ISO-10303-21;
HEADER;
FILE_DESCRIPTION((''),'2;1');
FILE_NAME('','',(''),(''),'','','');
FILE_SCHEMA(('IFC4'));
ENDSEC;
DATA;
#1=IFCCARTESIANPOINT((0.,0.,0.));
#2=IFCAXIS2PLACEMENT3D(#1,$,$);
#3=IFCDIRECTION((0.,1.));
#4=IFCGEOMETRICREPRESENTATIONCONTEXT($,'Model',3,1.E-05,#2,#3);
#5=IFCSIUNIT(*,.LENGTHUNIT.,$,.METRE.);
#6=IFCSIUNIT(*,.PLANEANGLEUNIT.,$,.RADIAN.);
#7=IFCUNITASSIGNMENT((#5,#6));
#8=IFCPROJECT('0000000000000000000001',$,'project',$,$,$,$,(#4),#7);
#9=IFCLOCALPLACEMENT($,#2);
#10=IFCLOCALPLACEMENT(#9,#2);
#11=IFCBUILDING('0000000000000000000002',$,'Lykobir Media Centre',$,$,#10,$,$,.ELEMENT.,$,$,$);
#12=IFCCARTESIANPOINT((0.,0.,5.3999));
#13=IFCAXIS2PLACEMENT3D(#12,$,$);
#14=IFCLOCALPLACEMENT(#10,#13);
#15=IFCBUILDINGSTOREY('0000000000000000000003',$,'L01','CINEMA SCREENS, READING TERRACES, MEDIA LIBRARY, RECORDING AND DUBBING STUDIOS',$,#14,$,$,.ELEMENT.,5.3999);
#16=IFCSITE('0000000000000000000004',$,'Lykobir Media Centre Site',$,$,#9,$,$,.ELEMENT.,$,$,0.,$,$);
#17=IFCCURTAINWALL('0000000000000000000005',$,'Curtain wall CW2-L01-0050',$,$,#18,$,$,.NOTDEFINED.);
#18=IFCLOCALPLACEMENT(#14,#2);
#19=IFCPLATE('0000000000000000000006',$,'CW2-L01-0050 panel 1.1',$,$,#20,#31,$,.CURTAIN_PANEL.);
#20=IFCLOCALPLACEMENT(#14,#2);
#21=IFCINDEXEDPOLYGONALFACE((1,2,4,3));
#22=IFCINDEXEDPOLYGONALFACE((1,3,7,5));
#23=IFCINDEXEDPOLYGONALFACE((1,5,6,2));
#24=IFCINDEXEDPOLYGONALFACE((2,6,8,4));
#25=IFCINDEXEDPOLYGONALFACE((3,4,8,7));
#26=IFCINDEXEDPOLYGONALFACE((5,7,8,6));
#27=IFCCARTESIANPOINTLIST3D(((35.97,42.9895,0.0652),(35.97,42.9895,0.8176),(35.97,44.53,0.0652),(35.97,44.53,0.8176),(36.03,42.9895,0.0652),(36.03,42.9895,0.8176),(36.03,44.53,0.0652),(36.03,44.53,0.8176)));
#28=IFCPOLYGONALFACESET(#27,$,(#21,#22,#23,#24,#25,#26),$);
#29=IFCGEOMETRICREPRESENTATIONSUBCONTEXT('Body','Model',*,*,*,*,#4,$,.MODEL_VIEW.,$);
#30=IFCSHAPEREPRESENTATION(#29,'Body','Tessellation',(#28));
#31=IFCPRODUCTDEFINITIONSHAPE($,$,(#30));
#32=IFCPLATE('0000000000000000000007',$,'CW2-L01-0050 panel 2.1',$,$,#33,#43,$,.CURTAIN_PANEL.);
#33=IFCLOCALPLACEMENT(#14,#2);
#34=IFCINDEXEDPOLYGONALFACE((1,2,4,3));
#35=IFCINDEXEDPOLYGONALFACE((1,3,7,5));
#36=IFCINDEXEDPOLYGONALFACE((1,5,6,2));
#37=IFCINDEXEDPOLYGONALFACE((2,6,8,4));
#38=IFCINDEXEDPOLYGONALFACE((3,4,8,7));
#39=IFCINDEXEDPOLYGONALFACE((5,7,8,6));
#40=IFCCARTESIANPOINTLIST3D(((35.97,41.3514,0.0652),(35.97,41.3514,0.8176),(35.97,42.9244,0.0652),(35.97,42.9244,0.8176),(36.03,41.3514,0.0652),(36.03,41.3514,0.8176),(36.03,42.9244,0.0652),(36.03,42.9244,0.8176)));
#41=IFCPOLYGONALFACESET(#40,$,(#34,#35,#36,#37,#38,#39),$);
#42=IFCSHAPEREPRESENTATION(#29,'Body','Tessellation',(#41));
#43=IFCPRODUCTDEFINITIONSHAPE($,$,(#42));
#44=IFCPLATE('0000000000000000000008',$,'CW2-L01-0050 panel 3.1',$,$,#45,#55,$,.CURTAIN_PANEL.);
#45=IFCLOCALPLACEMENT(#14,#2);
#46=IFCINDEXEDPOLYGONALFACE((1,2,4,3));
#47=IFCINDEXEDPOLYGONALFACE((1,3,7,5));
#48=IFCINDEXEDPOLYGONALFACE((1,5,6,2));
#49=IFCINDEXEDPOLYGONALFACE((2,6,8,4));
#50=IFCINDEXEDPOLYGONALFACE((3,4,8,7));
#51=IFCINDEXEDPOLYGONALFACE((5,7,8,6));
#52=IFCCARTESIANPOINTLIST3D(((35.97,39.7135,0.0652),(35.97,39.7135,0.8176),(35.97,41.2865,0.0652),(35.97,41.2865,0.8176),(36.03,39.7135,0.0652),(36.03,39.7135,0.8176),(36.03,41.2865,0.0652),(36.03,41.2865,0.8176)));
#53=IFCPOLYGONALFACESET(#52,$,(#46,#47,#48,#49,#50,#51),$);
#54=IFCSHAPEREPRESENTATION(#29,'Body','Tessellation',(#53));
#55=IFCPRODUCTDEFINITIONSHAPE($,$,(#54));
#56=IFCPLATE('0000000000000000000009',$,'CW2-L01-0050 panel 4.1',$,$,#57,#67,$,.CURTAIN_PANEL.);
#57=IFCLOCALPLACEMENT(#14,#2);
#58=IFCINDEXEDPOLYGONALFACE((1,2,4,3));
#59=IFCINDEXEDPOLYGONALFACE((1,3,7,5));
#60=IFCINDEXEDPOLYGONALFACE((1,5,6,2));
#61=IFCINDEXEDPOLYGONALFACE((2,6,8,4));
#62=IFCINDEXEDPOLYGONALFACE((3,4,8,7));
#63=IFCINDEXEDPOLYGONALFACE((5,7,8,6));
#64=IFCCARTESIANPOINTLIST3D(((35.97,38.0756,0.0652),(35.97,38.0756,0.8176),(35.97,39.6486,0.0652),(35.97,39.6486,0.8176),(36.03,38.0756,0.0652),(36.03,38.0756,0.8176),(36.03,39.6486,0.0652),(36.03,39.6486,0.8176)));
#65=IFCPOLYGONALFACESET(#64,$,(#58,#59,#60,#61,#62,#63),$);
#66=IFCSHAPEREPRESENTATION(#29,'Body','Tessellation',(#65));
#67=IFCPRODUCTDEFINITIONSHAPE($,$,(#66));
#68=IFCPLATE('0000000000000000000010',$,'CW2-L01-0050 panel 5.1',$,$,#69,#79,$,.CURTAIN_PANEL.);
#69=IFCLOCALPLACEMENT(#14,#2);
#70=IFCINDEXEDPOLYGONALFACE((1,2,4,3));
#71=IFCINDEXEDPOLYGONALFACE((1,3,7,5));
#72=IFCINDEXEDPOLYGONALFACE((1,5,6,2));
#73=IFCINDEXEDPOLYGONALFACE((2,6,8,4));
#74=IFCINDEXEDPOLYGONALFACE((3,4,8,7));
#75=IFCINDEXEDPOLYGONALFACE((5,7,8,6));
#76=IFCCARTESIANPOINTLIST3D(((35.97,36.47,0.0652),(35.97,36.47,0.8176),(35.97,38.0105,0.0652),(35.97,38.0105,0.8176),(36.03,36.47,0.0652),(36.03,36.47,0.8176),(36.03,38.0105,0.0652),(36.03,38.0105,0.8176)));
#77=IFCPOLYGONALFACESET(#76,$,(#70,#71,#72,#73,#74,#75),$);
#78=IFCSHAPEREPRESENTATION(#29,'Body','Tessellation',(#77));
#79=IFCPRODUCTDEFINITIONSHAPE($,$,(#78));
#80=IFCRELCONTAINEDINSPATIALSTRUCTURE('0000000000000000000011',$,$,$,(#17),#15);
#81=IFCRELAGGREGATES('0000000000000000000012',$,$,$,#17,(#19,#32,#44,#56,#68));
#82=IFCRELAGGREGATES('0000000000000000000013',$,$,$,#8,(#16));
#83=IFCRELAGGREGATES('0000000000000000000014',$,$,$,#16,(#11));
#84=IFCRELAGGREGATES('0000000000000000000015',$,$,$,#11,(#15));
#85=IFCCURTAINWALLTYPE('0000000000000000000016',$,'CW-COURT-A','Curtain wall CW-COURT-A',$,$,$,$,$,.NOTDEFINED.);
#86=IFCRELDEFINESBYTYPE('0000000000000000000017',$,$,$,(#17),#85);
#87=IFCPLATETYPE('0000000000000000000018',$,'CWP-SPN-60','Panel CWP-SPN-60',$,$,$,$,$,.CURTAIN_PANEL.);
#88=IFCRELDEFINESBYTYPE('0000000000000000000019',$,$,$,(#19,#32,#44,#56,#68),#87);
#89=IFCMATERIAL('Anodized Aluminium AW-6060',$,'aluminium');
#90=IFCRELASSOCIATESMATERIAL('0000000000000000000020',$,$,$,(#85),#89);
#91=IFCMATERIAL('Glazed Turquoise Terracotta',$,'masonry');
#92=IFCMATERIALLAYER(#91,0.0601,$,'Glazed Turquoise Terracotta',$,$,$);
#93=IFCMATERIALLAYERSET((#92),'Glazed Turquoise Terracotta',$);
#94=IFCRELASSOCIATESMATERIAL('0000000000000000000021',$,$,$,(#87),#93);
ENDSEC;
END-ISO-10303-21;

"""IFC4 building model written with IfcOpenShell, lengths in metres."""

from ifc_helpers import new_model, si_unit, direction, frame, origin, origin_2d, place, context, subcontext, project, spatial, rectangle, extrude, material, layer, layer_set, type_object, element, aggregate, save


model = new_model("IFC4")

# Units and contexts
model_context = context("Model", 3, precision=1e-05, world=origin(), true_north=direction((0.0, 1.0)))
body_context = subcontext(model_context, "Body", "Model", "MODEL_VIEW")
ifc_project = project(units=[si_unit("LENGTHUNIT", "METRE"), si_unit("PLANEANGLEUNIT", "RADIAN")], contexts=[model_context])

# Site, building, storey
site_placement = place(None, origin())
site = spatial("IfcSite", under=ifc_project, at=site_placement, Name="Lykobir Media Centre Site", CompositionType="ELEMENT", RefElevation=0.0)
building_placement = place(site_placement, origin())
building = spatial("IfcBuilding", under=site, at=building_placement, Name="Lykobir Media Centre", CompositionType="ELEMENT")
storey_placement = place(building_placement, frame((0.0, 0.0, 5.3999)))
storey = spatial("IfcBuildingStorey", under=building, at=storey_placement, Name="L01", Description="CINEMA SCREENS, READING TERRACES, MEDIA LIBRARY, RECORDING AND DUBBING STUDIOS", CompositionType="ELEMENT", Elevation=5.3999)

# Shared definitions
ifc_material_1 = material(Name="Anodized Aluminium AW-6060", Category="aluminium")
curtain_wall_type = type_object("IfcCurtainWallType", Name="CW-COURT-A", Description="Curtain wall CW-COURT-A", PredefinedType="NOTDEFINED", material=ifc_material_1)

# Curtain wall
curtain_wall_1_placement = place(storey_placement, origin())
curtain_wall_1 = element("IfcCurtainWall", 1, at=curtain_wall_1_placement, inside=storey, type_object=curtain_wall_type, Name="Curtain wall CW2-L01-0050", PredefinedType="NOTDEFINED")

# Plates
ifc_material_2 = material(Name="Glazed Turquoise Terracotta", Category="masonry")
ifc_layer_1 = layer(ifc_material_2, 0.0601, Name="Glazed Turquoise Terracotta")
ifc_layer_set_1 = layer_set([ifc_layer_1], Name="Glazed Turquoise Terracotta")
plate_type_1 = type_object("IfcPlateType", Name="CWP-SPN-60", Description="Panel CWP-SPN-60", PredefinedType="CURTAIN_PANEL", material=ifc_layer_set_1)
plate_1_placement = place(storey_placement, frame((36.0, 43.7598, 0.0652), z_axis=(0.0, 0.0, 1.0), x_axis=(0.0, -1.0, 0.0)))
plate_1 = element("IfcPlate", 2, at=plate_1_placement, type_object=plate_type_1, Name="CW2-L01-0050 panel 1.1", PredefinedType="CURTAIN_PANEL", context=body_context, shape_type="SweptSolid", body=[
    extrude(rectangle(XDim=1.5405, YDim=0.0601, at=origin_2d()), origin(), (0.0, 0.0, 1.0), 0.7524),
])
plate_2_placement = place(storey_placement, frame((36.0, 42.1379, 0.0652), z_axis=(0.0, 0.0, 1.0), x_axis=(0.0, -1.0, 0.0)))
plate_2 = element("IfcPlate", 3, at=plate_2_placement, type_object=plate_type_1, Name="CW2-L01-0050 panel 2.1", PredefinedType="CURTAIN_PANEL", context=body_context, shape_type="SweptSolid", body=[
    extrude(rectangle(XDim=1.573, YDim=0.0601, at=origin_2d()), origin(), (0.0, 0.0, 1.0), 0.7524),
])
plate_3_placement = place(storey_placement, frame((36.0, 40.5, 0.0652), z_axis=(0.0, 0.0, 1.0), x_axis=(0.0, -1.0, 0.0)))
plate_3 = element("IfcPlate", 4, at=plate_3_placement, type_object=plate_type_1, Name="CW2-L01-0050 panel 3.1", PredefinedType="CURTAIN_PANEL", context=body_context, shape_type="SweptSolid", body=[
    extrude(rectangle(XDim=1.573, YDim=0.0601, at=origin_2d()), origin(), (0.0, 0.0, 1.0), 0.7524),
])
plate_4_placement = place(storey_placement, frame((36.0, 38.8621, 0.0652), z_axis=(0.0, 0.0, 1.0), x_axis=(0.0, -1.0, 0.0)))
plate_4 = element("IfcPlate", 5, at=plate_4_placement, type_object=plate_type_1, Name="CW2-L01-0050 panel 4.1", PredefinedType="CURTAIN_PANEL", context=body_context, shape_type="SweptSolid", body=[
    extrude(rectangle(XDim=1.573, YDim=0.0601, at=origin_2d()), origin(), (0.0, 0.0, 1.0), 0.7524),
])
plate_5_placement = place(storey_placement, frame((36.0, 37.2402, 0.0652), z_axis=(0.0, 0.0, 1.0), x_axis=(0.0, -1.0, 0.0)))
plate_5 = element("IfcPlate", 6, at=plate_5_placement, type_object=plate_type_1, Name="CW2-L01-0050 panel 5.1", PredefinedType="CURTAIN_PANEL", context=body_context, shape_type="SweptSolid", body=[
    extrude(rectangle(XDim=1.5405, YDim=0.0601, at=origin_2d()), origin(), (0.0, 0.0, 1.0), 0.7524),
])
aggregate(curtain_wall_1, [plate_1, plate_2, plate_3, plate_4, plate_5])

save(model, "model.ifc")
